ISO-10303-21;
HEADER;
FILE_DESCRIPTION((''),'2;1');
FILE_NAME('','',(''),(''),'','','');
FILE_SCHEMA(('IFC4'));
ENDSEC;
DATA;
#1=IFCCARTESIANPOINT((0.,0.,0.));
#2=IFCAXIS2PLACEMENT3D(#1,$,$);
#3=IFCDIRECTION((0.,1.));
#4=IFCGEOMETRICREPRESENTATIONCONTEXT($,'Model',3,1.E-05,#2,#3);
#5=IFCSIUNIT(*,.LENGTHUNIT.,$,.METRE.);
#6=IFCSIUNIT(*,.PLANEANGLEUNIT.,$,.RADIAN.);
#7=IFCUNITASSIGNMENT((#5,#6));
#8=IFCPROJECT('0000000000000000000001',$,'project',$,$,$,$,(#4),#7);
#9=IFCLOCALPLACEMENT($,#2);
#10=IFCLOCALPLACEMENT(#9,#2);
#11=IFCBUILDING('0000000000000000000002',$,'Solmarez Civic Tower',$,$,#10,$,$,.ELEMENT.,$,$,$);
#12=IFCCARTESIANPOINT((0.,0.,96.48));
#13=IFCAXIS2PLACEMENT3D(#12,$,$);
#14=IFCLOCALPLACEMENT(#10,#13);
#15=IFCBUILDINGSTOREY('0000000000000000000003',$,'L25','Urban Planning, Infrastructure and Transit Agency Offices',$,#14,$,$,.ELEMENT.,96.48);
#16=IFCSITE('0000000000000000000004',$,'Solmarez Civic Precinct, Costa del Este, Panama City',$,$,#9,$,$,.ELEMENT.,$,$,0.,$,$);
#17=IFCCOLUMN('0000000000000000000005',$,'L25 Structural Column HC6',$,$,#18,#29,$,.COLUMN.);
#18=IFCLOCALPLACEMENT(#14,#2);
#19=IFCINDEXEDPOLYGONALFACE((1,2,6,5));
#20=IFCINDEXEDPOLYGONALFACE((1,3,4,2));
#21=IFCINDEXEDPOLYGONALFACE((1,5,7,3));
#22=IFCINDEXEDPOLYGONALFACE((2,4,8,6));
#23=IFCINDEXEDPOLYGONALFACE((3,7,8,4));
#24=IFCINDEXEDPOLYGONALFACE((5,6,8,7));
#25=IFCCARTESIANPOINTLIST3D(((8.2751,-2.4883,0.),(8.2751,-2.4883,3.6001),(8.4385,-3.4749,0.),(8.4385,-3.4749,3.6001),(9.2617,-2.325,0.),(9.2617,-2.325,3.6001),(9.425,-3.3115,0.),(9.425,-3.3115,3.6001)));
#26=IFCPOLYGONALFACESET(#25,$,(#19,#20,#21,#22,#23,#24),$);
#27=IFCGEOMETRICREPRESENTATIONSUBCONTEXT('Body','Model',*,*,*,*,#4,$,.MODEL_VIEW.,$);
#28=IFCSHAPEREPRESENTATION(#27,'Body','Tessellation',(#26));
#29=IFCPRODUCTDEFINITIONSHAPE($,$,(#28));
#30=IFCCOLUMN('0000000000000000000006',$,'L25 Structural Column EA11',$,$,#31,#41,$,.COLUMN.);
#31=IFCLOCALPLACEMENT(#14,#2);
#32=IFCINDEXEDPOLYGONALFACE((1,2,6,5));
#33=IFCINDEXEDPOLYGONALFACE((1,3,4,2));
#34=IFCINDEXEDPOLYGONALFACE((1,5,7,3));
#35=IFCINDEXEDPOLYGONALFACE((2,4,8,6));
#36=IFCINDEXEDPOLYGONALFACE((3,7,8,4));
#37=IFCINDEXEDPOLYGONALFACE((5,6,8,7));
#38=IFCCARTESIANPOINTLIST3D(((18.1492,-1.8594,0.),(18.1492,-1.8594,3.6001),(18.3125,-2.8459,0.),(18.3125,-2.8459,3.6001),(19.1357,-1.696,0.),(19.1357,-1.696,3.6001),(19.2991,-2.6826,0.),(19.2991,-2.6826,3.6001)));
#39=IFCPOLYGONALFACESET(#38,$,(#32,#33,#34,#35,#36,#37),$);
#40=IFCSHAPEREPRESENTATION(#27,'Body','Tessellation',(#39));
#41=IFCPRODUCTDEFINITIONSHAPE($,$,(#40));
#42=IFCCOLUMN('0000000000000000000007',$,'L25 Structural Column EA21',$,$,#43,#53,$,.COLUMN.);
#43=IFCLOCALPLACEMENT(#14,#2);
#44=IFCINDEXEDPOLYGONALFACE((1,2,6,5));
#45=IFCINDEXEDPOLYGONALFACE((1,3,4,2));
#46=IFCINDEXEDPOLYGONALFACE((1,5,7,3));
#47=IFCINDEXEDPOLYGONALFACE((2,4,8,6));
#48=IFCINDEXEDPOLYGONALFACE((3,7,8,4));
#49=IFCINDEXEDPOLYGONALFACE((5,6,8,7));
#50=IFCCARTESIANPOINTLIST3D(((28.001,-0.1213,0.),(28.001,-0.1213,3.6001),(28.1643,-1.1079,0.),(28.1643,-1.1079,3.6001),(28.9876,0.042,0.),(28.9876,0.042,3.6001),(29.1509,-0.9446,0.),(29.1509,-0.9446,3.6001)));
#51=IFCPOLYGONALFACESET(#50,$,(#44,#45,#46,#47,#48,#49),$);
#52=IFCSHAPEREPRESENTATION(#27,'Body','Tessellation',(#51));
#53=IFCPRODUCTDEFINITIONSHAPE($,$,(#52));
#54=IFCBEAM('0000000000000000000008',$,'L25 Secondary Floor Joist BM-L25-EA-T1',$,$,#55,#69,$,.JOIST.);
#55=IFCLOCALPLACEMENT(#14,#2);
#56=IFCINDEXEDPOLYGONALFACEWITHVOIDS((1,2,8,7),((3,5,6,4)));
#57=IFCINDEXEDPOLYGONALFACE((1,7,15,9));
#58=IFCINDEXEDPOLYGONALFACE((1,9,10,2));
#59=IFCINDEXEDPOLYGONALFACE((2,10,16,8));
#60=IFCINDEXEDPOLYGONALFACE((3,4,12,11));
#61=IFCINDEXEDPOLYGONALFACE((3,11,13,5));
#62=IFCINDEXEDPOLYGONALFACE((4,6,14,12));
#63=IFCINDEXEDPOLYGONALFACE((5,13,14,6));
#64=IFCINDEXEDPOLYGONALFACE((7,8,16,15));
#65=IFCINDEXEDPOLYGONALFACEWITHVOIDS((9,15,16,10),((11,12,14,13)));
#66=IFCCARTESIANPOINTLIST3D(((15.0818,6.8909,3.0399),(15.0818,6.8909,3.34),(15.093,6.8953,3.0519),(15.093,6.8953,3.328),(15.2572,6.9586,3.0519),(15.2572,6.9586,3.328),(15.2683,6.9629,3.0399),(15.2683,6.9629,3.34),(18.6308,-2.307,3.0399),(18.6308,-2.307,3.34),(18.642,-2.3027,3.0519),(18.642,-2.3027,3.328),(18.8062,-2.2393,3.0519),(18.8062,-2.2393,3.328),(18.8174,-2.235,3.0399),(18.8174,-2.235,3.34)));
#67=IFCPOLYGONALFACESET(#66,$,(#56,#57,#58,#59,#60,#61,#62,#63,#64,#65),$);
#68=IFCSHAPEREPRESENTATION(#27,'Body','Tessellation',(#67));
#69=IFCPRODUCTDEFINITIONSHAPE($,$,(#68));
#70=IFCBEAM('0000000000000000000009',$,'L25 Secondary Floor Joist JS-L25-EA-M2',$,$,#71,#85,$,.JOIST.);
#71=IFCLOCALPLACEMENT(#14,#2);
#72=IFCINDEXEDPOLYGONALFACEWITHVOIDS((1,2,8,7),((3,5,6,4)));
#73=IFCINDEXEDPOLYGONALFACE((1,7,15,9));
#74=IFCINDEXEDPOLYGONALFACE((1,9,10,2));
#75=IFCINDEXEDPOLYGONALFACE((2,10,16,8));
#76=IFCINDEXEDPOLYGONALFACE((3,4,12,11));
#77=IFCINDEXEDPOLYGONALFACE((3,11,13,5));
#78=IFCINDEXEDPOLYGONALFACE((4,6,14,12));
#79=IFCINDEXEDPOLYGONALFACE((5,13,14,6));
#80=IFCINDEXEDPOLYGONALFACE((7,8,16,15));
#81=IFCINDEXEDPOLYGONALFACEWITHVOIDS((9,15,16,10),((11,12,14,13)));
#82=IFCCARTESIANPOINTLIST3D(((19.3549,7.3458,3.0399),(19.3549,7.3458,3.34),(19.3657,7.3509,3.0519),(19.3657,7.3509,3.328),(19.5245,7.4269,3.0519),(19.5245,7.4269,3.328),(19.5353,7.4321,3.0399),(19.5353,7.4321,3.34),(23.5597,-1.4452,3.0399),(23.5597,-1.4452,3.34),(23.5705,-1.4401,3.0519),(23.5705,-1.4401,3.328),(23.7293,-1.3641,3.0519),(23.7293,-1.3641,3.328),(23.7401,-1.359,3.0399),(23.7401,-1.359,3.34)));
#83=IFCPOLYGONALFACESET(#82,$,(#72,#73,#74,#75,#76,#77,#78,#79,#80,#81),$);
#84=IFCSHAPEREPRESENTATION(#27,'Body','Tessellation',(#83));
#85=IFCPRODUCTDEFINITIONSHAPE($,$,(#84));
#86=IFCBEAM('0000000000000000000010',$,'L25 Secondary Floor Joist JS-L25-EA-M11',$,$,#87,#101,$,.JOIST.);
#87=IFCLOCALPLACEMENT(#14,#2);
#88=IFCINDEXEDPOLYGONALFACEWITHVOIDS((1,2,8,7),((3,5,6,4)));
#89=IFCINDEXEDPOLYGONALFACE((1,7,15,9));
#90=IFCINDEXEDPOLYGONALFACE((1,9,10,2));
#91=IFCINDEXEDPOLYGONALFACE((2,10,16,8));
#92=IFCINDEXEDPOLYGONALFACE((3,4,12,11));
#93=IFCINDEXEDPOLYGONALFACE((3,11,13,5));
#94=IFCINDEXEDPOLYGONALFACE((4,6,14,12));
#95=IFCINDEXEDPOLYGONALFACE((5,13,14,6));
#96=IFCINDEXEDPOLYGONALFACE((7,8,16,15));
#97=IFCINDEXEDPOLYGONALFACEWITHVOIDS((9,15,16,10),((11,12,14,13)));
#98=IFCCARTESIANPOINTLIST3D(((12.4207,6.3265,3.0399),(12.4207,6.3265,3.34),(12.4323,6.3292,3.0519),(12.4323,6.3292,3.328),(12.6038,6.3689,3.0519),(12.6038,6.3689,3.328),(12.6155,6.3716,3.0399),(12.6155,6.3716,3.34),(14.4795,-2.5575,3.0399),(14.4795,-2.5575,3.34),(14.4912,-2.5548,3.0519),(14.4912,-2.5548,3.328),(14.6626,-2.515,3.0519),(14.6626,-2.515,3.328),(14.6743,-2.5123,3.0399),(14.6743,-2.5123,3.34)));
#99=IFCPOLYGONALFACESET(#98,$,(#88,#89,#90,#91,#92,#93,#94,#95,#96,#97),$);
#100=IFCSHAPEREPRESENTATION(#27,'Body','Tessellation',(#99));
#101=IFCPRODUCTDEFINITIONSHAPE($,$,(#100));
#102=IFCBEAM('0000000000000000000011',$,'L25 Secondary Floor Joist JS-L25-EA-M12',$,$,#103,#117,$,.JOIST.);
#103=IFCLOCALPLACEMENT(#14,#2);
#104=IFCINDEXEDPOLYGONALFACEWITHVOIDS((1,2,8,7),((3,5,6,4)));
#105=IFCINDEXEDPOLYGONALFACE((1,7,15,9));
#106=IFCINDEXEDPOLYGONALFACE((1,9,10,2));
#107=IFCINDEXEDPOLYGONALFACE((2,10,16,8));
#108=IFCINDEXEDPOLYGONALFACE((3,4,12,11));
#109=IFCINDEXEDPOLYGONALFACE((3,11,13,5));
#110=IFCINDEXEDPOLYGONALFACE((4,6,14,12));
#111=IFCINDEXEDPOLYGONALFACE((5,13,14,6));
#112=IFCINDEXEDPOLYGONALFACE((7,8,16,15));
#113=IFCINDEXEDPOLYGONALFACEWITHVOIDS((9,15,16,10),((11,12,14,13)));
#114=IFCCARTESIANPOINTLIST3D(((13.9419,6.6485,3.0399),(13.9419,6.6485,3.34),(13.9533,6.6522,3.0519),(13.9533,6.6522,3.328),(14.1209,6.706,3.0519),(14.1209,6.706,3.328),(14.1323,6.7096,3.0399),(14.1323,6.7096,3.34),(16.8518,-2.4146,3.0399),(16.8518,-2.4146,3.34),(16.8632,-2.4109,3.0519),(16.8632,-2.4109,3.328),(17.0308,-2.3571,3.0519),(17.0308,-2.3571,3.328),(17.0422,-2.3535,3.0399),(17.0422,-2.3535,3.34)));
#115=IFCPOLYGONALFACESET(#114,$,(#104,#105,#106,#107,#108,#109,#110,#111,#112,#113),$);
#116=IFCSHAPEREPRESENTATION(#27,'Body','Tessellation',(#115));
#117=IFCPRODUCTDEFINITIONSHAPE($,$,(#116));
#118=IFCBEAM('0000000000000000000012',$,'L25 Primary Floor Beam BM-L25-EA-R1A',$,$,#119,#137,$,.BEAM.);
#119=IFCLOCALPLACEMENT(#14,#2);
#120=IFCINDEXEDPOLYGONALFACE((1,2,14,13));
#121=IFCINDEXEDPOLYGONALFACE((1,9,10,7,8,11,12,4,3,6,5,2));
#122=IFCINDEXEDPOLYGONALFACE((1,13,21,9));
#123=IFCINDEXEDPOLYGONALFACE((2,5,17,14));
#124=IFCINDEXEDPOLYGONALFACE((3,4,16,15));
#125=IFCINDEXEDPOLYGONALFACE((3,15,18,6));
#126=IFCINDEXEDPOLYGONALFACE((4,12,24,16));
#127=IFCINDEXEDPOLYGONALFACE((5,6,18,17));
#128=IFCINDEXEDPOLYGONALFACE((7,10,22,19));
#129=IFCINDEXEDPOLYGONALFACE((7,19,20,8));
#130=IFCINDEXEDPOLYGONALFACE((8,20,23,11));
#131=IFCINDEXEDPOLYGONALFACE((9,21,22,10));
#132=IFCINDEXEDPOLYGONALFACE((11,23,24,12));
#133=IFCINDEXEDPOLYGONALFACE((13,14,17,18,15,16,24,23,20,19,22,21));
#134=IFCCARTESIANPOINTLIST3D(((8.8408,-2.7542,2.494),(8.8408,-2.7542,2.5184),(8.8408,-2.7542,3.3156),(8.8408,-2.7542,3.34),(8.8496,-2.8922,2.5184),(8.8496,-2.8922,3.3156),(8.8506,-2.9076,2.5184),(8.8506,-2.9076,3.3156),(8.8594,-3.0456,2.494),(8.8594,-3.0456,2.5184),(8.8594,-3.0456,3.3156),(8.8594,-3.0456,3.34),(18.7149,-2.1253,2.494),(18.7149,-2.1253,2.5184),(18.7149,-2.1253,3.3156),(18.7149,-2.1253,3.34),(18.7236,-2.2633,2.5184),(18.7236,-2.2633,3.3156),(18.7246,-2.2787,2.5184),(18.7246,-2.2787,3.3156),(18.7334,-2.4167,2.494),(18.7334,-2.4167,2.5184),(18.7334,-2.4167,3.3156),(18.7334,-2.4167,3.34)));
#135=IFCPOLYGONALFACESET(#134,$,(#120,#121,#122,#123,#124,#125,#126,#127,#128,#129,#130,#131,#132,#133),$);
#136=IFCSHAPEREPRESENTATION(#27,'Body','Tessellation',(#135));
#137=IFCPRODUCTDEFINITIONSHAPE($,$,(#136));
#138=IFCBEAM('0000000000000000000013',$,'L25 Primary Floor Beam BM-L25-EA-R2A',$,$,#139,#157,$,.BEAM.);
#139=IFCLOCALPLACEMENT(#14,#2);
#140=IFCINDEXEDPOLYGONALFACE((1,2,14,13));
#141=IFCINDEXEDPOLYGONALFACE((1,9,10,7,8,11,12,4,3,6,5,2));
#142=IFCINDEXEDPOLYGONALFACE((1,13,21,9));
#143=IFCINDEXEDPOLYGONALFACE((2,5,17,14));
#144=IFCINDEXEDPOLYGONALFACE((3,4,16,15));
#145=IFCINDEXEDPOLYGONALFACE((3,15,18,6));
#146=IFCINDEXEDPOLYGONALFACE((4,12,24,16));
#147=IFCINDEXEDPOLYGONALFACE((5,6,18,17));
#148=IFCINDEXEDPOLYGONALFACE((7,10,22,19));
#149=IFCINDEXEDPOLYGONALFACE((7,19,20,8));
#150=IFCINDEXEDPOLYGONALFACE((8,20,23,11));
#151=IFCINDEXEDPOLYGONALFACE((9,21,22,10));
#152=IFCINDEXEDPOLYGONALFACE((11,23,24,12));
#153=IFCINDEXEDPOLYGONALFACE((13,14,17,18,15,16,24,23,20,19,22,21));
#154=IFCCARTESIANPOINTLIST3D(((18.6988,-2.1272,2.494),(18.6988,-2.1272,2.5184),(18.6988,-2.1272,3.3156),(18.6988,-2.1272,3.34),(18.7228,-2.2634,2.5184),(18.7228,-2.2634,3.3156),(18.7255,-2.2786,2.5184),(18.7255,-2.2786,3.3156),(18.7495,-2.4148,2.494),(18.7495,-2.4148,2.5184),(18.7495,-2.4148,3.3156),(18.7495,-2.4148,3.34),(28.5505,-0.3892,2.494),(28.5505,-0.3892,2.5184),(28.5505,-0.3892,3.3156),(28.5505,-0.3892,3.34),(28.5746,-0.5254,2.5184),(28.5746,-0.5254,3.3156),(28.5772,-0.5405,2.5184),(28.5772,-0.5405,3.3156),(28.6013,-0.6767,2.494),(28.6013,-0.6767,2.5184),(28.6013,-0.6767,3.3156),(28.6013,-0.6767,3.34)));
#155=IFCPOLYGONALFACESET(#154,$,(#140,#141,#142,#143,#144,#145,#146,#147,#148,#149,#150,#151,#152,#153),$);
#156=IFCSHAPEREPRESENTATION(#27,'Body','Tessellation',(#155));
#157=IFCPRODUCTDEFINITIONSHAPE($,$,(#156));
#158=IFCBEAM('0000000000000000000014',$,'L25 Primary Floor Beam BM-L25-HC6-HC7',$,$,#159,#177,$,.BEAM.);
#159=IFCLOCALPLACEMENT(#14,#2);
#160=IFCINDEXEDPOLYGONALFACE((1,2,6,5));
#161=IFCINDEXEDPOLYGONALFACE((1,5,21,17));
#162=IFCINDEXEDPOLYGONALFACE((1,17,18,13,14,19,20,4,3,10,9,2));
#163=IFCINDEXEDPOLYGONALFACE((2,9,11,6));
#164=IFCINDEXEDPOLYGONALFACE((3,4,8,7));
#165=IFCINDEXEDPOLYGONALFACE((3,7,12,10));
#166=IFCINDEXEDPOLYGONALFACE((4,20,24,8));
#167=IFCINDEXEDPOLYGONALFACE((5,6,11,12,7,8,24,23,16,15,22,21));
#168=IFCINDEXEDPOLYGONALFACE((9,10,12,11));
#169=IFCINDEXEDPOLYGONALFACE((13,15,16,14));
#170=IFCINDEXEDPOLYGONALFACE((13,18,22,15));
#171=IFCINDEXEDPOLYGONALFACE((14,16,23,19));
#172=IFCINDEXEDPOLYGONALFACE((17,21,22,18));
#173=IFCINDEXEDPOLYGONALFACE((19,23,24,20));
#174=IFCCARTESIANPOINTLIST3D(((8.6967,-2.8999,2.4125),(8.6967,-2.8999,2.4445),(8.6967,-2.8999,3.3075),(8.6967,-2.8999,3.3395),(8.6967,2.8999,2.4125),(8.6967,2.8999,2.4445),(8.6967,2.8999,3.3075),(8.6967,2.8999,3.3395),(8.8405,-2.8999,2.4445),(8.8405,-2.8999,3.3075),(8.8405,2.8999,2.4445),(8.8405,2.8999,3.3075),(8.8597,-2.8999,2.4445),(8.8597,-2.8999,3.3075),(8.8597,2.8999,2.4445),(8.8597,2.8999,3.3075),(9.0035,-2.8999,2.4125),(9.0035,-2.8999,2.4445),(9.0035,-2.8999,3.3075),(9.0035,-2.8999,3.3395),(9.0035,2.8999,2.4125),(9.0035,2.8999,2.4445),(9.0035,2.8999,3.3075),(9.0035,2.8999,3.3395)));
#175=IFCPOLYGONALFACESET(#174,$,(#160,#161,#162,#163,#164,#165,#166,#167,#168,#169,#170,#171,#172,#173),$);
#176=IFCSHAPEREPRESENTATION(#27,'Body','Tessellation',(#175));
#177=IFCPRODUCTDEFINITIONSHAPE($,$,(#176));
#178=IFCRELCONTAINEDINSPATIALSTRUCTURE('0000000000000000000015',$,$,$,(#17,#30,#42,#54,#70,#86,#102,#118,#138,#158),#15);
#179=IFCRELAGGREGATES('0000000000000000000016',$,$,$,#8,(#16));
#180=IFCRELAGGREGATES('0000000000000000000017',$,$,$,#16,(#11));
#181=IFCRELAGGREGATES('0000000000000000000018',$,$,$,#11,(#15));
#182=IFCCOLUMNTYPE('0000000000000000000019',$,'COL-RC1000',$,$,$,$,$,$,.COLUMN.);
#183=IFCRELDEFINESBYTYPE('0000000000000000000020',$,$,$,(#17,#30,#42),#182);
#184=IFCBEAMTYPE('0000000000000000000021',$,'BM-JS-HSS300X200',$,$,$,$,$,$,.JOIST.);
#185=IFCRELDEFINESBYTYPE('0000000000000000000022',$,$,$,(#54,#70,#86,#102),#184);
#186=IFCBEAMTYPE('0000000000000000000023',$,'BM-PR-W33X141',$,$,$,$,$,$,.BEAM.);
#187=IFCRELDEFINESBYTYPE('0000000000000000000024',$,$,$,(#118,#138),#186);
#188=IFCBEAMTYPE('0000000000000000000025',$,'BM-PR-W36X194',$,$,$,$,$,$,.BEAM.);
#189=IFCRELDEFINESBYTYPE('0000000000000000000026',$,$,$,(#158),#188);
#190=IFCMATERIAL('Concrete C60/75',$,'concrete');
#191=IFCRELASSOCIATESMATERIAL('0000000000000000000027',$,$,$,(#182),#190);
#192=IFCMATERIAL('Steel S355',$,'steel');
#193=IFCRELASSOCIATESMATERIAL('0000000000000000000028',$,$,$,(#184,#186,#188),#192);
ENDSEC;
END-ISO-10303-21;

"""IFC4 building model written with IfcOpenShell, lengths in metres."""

from ifc_helpers import new_model, si_unit, direction, frame, origin, origin_2d, place, context, subcontext, project, spatial, rectangle, hollow_rectangle, i_section, extrude, material, material_profile, profile_set, type_object, element, save


model = new_model("IFC4")

# Units and contexts
model_context = context("Model", 3, precision=1e-05, world=origin(), true_north=direction((0.0, 1.0)))
body_context = subcontext(model_context, "Body", "Model", "MODEL_VIEW")
ifc_project = project(units=[si_unit("LENGTHUNIT", "METRE"), si_unit("PLANEANGLEUNIT", "RADIAN")], contexts=[model_context])

# Site, building, storey
site_placement = place(None, origin())
site = spatial("IfcSite", under=ifc_project, at=site_placement, Name="Solmarez Civic Precinct, Costa del Este, Panama City", CompositionType="ELEMENT", RefElevation=0.0)
building_placement = place(site_placement, origin())
building = spatial("IfcBuilding", under=site, at=building_placement, Name="Solmarez Civic Tower", CompositionType="ELEMENT")
storey_placement = place(building_placement, frame((0.0, 0.0, 96.48)))
storey = spatial("IfcBuildingStorey", under=building, at=storey_placement, Name="L25", Description="Urban Planning, Infrastructure and Transit Agency Offices", CompositionType="ELEMENT", Elevation=96.48)

# Columns
ifc_material_1 = material(Name="Concrete C60/75", Category="concrete")
ifc_material_profile_1 = material_profile(ifc_material_1, rectangle(XDim=1.0, YDim=1.0, at=origin_2d()), Name="RC1000X1000")
ifc_profile_set_1 = profile_set([ifc_material_profile_1], Name="Concrete C60/75")
column_type = type_object("IfcColumnType", Name="COL-RC1000", PredefinedType="COLUMN", material=ifc_profile_set_1)
for number, where, z_axis, x_axis, name in (
    (1, (8.8501, -2.8999, 0.0), (0.0, 0.0, 1.0), (0.986572, 0.163326, 0.0), "L25 Structural Column HC6"),
    (2, (18.7241, -2.271, 0.0), (0.0, 0.0, 1.0), (0.986572, 0.163326, 0.0), "L25 Structural Column EA11"),
    (3, (28.5759, -0.533, 0.0), (0.0, 0.0, 1.0), (0.986572, 0.163326, 0.0), "L25 Structural Column EA21"),
):
    element("IfcColumn", number, at=place(storey_placement, frame(where, z_axis=z_axis, x_axis=x_axis)), inside=storey, type_object=column_type, Name=name, PredefinedType="COLUMN", context=body_context, shape_type="SweptSolid", body=[
        extrude(rectangle(XDim=1.0, YDim=1.0, at=origin_2d()), origin(), (0.0, 0.0, 1.0), 3.6001),
    ])

# Beams
ifc_material_2 = material(Name="Steel S355", Category="steel")
ifc_material_profile_2 = material_profile(ifc_material_2, hollow_rectangle(XDim=0.2, YDim=0.3, WallThickness=0.012, at=origin_2d()), Name="HSS300X200X12")
ifc_profile_set_2 = profile_set([ifc_material_profile_2], Name="Steel S355")
beam_type_1 = type_object("IfcBeamType", Name="BM-JS-HSS300X200", PredefinedType="JOIST", material=ifc_profile_set_2)
beam_1_placement = place(storey_placement, frame((18.7241, -2.271, 3.1899), z_axis=(-0.359984, 0.932958, 0.0), x_axis=(-0.932958, -0.359984, 0.0)))
element("IfcBeam", 4, at=beam_1_placement, inside=storey, type_object=beam_type_1, Name="L25 Secondary Floor Joist BM-L25-EA-T1", PredefinedType="JOIST", context=body_context, shape_type="SweptSolid", body=[
    extrude(hollow_rectangle(XDim=0.2, YDim=0.3, WallThickness=0.012, at=origin_2d()), origin(), (0.0, 0.0, 1.0), 9.8589),
])
beam_2_placement = place(storey_placement, frame((23.6499, -1.4021, 3.1899), z_axis=(-0.431492, 0.902117, 0.0), x_axis=(-0.902117, -0.431492, 0.0)))
element("IfcBeam", 5, at=beam_2_placement, inside=storey, type_object=beam_type_1, Name="L25 Secondary Floor Joist JS-L25-EA-M2", PredefinedType="JOIST", context=body_context, shape_type="SweptSolid", body=[
    extrude(hollow_rectangle(XDim=0.2, YDim=0.3, WallThickness=0.012, at=origin_2d()), origin(), (0.0, 0.0, 1.0), 9.7449),
])
beam_3_placement = place(storey_placement, frame((14.5769, -2.5349, 3.1899), z_axis=(-0.225763, 0.974182, 0.0), x_axis=(-0.974182, -0.225763, 0.0)))
element("IfcBeam", 6, at=beam_3_placement, inside=storey, type_object=beam_type_1, Name="L25 Secondary Floor Joist JS-L25-EA-M11", PredefinedType="JOIST", context=body_context, shape_type="SweptSolid", body=[
    extrude(hollow_rectangle(XDim=0.2, YDim=0.3, WallThickness=0.012, at=origin_2d()), origin(), (0.0, 0.0, 1.0), 9.1194),
])
beam_4_placement = place(storey_placement, frame((16.947, -2.384, 3.1899), z_axis=(-0.305705, 0.952126, 0.0), x_axis=(-0.952126, -0.305705, 0.0)))
element("IfcBeam", 7, at=beam_4_placement, inside=storey, type_object=beam_type_1, Name="L25 Secondary Floor Joist JS-L25-EA-M12", PredefinedType="JOIST", context=body_context, shape_type="SweptSolid", body=[
    extrude(hollow_rectangle(XDim=0.2, YDim=0.3, WallThickness=0.012, at=origin_2d()), origin(), (0.0, 0.0, 1.0), 9.5188),
])
ifc_material_profile_3 = material_profile(ifc_material_2, i_section(OverallWidth=0.292, OverallDepth=0.8459, WebThickness=0.0154, FlangeThickness=0.0244, at=origin_2d()), Name="W33X141")
ifc_profile_set_3 = profile_set([ifc_material_profile_3], Name="Steel S355")
beam_type_2 = type_object("IfcBeamType", Name="BM-PR-W33X141", PredefinedType="BEAM", material=ifc_profile_set_3)
beam_5_placement = place(storey_placement, frame((8.8501, -2.8999, 2.917), z_axis=(0.997978, 0.063564, 0.0), x_axis=(-0.063564, 0.997978, 0.0)))
element("IfcBeam", 8, at=beam_5_placement, inside=storey, type_object=beam_type_2, Name="L25 Primary Floor Beam BM-L25-EA-R1A", PredefinedType="BEAM", context=body_context, shape_type="SweptSolid", body=[
    extrude(i_section(OverallWidth=0.292, OverallDepth=0.8459, WebThickness=0.0154, FlangeThickness=0.0244, at=origin_2d()), origin(), (0.0, 0.0, 1.0), 9.894),
])
beam_6_placement = place(storey_placement, frame((18.7241, -2.271, 2.917), z_axis=(0.984792, 0.173735, 0.0), x_axis=(-0.173735, 0.984792, 0.0)))
element("IfcBeam", 9, at=beam_6_placement, inside=storey, type_object=beam_type_2, Name="L25 Primary Floor Beam BM-L25-EA-R2A", PredefinedType="BEAM", context=body_context, shape_type="SweptSolid", body=[
    extrude(i_section(OverallWidth=0.292, OverallDepth=0.8459, WebThickness=0.0154, FlangeThickness=0.0244, at=origin_2d()), origin(), (0.0, 0.0, 1.0), 10.0039),
])
ifc_material_profile_4 = material_profile(ifc_material_2, i_section(OverallWidth=0.3069, OverallDepth=0.927, WebThickness=0.0193, FlangeThickness=0.032, at=origin_2d()), Name="W36X194")
ifc_profile_set_4 = profile_set([ifc_material_profile_4], Name="Steel S355")
beam_type_3 = type_object("IfcBeamType", Name="BM-PR-W36X194", PredefinedType="BEAM", material=ifc_profile_set_4)
beam_7_placement = place(storey_placement, frame((8.8501, -2.8999, 2.876), z_axis=(0.0, 1.0, 0.0), x_axis=(-1.0, 0.0, 0.0)))
element("IfcBeam", 10, at=beam_7_placement, inside=storey, type_object=beam_type_3, Name="L25 Primary Floor Beam BM-L25-HC6-HC7", PredefinedType="BEAM", context=body_context, shape_type="SweptSolid", body=[
    extrude(i_section(OverallWidth=0.3069, OverallDepth=0.927, WebThickness=0.0193, FlangeThickness=0.032, at=origin_2d()), origin(), (0.0, 0.0, 1.0), 5.7998),
])

save(model, "model.ifc")
